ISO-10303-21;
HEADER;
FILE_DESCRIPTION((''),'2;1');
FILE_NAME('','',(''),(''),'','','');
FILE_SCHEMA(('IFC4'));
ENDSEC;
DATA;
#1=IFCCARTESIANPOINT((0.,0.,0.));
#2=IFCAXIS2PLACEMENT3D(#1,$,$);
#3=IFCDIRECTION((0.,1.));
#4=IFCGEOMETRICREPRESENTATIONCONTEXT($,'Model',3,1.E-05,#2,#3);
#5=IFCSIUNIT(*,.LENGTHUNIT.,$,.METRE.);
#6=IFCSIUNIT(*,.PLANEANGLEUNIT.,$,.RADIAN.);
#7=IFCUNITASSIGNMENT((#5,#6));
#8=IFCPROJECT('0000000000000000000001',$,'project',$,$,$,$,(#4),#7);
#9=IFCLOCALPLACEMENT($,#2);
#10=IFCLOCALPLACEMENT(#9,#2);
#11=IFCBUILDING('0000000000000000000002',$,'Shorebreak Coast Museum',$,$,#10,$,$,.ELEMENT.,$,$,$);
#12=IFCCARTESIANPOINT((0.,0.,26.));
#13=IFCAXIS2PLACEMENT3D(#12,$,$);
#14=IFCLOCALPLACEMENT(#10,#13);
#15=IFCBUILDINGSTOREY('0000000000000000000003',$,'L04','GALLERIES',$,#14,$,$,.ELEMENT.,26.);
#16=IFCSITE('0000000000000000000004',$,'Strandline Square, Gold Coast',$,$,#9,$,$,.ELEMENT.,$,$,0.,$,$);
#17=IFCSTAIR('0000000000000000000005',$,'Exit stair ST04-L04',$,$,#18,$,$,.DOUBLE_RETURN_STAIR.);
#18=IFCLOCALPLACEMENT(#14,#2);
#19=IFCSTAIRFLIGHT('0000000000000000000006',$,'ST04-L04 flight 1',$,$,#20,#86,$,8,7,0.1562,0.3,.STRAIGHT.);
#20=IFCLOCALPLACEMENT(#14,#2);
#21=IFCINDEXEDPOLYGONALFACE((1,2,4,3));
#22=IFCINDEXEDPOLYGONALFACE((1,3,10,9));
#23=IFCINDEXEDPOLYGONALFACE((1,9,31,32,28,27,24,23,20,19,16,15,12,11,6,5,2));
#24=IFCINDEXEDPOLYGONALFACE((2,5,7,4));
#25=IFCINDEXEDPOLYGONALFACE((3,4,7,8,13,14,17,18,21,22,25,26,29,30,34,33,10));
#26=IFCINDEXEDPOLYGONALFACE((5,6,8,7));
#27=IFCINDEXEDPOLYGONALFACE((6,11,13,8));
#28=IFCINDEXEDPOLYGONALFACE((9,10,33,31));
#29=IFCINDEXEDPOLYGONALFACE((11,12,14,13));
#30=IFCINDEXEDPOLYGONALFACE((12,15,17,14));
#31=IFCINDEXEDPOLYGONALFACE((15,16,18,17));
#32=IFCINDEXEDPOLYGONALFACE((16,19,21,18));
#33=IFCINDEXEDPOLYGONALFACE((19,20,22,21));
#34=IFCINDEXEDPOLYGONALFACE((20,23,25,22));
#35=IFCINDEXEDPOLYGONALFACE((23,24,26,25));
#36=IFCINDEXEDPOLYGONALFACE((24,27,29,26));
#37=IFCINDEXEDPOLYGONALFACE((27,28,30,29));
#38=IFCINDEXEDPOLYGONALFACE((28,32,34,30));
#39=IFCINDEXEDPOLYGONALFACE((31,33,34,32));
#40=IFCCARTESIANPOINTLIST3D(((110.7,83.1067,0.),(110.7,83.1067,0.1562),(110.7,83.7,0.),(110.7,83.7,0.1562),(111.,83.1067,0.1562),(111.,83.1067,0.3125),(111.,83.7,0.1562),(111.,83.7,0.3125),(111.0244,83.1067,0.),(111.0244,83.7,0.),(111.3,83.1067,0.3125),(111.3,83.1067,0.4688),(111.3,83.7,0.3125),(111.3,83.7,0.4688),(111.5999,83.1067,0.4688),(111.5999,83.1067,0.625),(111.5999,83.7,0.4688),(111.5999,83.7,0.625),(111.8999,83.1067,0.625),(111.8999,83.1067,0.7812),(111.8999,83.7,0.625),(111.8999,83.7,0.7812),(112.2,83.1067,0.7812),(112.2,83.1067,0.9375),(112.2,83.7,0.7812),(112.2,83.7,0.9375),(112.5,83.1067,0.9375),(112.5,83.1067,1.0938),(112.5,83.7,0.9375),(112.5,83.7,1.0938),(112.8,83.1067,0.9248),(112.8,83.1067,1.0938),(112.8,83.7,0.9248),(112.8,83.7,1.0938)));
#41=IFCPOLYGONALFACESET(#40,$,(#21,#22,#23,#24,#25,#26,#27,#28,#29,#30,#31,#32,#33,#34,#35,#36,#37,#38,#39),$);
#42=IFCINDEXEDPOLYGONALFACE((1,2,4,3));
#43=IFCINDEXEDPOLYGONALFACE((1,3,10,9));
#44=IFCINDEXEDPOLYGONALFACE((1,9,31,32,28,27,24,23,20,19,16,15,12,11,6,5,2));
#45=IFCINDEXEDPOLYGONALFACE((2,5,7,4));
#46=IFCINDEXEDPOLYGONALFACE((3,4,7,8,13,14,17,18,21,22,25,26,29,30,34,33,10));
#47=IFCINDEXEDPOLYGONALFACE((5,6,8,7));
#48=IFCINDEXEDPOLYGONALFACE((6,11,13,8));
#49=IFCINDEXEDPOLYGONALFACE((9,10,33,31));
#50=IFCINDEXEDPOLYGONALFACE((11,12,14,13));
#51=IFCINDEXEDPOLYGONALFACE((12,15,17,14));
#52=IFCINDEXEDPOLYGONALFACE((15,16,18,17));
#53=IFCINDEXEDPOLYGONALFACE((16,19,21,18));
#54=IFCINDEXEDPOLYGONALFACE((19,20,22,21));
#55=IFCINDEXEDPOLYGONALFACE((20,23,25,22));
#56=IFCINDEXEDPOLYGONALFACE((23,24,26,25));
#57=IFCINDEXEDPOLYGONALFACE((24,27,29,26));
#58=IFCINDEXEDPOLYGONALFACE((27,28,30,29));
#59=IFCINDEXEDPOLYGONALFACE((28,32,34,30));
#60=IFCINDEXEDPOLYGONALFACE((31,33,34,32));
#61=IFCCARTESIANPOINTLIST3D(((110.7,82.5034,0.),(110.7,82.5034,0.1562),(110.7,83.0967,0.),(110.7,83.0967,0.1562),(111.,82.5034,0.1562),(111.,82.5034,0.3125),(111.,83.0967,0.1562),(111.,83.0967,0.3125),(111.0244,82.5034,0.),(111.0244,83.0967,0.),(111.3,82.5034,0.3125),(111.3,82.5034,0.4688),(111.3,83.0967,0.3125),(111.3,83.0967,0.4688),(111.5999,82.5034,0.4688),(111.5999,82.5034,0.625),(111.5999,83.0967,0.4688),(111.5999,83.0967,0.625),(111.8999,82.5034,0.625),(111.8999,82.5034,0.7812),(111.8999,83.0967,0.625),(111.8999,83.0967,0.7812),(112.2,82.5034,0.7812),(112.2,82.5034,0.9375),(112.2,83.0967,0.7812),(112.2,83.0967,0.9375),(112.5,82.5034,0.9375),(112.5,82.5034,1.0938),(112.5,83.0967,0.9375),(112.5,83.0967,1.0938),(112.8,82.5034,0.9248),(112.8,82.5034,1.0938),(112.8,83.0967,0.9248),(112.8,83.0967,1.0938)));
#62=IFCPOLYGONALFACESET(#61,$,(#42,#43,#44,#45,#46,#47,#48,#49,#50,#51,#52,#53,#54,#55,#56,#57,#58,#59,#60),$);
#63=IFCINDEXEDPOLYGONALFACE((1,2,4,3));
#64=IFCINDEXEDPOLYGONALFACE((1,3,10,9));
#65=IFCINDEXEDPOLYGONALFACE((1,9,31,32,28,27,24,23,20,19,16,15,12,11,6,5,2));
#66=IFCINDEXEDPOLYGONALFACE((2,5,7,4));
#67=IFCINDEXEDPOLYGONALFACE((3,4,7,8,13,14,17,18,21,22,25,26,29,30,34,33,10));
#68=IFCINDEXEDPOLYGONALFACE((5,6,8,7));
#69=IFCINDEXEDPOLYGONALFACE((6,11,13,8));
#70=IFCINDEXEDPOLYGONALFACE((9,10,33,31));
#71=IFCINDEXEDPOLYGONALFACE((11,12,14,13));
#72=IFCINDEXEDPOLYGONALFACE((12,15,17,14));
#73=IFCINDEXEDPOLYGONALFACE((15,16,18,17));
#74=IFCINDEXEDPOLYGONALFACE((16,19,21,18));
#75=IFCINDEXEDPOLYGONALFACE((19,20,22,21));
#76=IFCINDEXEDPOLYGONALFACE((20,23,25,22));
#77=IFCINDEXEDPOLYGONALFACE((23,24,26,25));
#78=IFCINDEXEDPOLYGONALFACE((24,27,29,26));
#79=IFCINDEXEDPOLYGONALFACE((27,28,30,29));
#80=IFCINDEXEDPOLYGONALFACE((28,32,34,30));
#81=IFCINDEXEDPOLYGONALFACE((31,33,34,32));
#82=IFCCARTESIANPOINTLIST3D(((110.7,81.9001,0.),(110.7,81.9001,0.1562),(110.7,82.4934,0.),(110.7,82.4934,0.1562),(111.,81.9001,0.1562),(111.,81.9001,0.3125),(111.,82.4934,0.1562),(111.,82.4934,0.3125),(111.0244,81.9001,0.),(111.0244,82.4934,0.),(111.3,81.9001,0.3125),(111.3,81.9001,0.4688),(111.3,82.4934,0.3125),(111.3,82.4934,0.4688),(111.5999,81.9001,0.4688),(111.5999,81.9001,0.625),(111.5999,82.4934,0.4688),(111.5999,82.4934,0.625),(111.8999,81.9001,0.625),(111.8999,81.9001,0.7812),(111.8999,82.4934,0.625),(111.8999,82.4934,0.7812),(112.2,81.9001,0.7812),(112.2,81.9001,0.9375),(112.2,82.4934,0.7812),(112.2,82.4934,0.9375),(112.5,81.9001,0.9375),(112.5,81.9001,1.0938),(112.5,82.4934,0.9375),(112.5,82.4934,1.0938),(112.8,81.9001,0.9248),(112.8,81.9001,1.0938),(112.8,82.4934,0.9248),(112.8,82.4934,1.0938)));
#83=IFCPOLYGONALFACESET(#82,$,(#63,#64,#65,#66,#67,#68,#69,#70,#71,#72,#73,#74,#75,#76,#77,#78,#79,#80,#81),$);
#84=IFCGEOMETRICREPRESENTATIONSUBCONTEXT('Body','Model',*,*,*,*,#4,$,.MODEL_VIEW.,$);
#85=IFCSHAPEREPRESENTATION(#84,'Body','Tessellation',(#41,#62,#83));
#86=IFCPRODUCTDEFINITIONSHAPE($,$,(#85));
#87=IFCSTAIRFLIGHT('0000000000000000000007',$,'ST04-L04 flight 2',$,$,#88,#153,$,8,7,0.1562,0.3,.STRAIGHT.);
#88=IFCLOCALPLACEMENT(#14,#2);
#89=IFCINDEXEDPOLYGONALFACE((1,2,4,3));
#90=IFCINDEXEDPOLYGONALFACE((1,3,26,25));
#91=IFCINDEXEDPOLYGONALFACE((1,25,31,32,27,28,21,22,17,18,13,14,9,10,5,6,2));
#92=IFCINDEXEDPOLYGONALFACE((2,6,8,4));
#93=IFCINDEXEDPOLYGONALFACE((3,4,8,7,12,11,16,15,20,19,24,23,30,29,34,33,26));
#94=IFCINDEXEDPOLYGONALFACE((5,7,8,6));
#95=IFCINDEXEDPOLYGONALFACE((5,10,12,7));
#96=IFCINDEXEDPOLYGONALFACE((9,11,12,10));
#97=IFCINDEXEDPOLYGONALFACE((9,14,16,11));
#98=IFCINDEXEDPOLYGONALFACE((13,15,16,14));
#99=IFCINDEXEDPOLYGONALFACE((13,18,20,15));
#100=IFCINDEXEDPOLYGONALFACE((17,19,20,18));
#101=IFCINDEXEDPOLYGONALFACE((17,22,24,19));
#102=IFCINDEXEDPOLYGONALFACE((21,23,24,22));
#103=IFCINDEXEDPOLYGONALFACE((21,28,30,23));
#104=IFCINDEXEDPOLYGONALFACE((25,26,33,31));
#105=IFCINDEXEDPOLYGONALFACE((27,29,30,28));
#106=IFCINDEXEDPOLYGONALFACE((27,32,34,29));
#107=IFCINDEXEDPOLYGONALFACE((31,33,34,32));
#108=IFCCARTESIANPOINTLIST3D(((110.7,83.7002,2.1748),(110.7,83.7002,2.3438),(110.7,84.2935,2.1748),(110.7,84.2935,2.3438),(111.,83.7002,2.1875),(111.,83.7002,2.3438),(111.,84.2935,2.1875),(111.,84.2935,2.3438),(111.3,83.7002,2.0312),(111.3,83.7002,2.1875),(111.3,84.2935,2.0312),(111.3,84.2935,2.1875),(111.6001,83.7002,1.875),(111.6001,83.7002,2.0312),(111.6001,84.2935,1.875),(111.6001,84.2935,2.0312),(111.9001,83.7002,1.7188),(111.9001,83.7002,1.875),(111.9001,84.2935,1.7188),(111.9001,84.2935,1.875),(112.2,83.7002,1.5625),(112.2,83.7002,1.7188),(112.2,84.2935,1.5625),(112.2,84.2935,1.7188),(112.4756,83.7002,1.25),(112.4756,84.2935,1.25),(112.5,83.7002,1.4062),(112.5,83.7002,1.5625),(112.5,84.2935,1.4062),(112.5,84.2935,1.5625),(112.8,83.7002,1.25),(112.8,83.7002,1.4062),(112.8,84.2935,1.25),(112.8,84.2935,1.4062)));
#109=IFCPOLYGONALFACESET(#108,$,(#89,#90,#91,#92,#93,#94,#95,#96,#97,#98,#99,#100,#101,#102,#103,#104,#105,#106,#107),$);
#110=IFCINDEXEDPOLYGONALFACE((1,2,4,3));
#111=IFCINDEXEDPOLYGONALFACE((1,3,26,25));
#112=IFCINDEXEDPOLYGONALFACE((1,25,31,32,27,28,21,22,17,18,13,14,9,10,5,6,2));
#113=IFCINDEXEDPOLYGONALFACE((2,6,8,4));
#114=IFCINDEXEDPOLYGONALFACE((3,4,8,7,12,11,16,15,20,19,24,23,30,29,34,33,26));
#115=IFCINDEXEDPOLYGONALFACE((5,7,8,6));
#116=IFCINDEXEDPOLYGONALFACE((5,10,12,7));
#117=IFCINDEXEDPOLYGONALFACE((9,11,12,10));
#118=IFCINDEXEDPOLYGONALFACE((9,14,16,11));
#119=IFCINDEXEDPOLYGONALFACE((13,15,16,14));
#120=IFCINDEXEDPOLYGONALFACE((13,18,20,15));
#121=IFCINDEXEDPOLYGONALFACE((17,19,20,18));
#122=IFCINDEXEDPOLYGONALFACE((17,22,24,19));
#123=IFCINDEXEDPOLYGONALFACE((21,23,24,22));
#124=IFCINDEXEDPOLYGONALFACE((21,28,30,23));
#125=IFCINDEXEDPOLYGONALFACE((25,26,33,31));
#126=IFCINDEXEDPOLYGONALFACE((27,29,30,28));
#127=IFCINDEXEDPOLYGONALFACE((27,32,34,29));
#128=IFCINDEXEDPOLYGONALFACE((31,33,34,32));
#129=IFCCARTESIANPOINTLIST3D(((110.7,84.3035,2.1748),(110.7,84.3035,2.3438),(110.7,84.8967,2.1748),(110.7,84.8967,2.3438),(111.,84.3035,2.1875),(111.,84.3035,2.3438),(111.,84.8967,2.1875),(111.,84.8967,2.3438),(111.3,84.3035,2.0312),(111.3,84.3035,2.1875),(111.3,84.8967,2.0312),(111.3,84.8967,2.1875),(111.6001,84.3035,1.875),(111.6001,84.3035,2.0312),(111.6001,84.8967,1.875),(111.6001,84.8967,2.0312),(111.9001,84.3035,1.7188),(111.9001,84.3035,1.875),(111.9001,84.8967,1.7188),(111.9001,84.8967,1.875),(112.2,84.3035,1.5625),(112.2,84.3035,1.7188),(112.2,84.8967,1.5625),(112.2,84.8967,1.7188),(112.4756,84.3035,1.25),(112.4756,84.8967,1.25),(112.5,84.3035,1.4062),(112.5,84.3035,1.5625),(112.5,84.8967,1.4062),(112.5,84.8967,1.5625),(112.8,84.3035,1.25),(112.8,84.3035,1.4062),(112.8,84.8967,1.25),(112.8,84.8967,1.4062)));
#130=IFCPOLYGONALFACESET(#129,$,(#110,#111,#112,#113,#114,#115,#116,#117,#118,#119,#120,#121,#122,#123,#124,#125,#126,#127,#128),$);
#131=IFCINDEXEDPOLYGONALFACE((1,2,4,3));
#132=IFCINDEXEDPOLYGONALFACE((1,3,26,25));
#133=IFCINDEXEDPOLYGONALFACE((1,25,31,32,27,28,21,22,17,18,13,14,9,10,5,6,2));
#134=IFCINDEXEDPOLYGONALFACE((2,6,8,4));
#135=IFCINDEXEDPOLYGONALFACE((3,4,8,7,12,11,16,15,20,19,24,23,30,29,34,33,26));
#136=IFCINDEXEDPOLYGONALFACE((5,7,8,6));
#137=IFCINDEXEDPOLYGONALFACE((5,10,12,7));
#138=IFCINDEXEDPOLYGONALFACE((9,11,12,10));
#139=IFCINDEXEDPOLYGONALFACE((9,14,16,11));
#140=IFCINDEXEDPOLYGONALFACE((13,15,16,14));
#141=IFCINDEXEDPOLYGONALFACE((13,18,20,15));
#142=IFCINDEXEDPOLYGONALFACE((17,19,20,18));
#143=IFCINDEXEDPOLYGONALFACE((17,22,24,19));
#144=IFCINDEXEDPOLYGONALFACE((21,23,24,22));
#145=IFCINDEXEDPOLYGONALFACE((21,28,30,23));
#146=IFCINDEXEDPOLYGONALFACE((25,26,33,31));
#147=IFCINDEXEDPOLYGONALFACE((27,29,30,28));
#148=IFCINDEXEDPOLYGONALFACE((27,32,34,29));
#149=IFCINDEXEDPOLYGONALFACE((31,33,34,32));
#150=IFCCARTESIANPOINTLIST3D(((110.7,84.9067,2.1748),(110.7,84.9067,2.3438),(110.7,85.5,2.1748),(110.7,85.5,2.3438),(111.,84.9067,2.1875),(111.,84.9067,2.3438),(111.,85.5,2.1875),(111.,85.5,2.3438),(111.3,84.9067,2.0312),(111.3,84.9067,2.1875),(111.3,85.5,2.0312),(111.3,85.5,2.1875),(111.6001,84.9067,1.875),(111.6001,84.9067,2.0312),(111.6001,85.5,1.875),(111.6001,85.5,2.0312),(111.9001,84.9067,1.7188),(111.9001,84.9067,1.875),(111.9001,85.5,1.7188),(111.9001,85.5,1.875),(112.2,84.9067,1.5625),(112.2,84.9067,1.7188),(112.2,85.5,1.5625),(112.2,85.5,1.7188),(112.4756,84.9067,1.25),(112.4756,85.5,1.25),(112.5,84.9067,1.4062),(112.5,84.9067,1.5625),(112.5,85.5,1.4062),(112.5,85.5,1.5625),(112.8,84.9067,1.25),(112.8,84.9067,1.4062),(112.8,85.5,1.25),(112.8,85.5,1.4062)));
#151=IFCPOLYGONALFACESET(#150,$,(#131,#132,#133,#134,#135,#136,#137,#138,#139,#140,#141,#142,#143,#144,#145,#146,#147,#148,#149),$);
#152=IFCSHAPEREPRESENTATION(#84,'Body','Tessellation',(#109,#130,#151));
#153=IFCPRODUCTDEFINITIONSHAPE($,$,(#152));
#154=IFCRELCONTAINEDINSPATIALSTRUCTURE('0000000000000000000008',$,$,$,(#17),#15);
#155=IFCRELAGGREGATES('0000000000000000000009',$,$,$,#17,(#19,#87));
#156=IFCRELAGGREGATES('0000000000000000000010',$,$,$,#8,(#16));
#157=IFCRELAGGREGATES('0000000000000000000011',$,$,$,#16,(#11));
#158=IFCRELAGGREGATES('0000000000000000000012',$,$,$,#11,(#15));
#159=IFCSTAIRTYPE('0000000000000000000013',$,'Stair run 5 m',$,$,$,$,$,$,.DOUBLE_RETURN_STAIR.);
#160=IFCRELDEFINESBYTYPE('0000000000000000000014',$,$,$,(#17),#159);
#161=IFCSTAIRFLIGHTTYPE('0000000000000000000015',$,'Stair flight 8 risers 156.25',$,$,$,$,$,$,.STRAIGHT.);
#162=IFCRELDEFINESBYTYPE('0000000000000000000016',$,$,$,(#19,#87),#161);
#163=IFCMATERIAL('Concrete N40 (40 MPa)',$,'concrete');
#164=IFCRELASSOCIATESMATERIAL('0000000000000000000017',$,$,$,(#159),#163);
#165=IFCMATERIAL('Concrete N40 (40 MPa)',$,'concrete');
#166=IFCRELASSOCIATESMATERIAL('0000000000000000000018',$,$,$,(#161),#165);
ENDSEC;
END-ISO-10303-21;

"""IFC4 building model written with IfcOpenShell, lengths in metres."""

from ifc_helpers import new_model, si_unit, direction, frame, origin, place, context, subcontext, project, spatial, polyline, outline, extrude, material, type_object, element, aggregate, save


model = new_model("IFC4")

# Units and contexts
model_context = context("Model", 3, precision=1e-05, world=origin(), true_north=direction((0.0, 1.0)))
body_context = subcontext(model_context, "Body", "Model", "MODEL_VIEW")
ifc_project = project(units=[si_unit("LENGTHUNIT", "METRE"), si_unit("PLANEANGLEUNIT", "RADIAN")], contexts=[model_context])

# Site, building, storey
site_placement = place(None, origin())
site = spatial("IfcSite", under=ifc_project, at=site_placement, Name="Strandline Square, Gold Coast", CompositionType="ELEMENT", RefElevation=0.0)
building_placement = place(site_placement, origin())
building = spatial("IfcBuilding", under=site, at=building_placement, Name="Shorebreak Coast Museum", CompositionType="ELEMENT")
storey_placement = place(building_placement, frame((0.0, 0.0, 26.0)))
storey = spatial("IfcBuildingStorey", under=building, at=storey_placement, Name="L04", Description="GALLERIES", CompositionType="ELEMENT", Elevation=26.0)

# Stair, stair flights
ifc_material_1 = material(Name="Concrete N40 (40 MPa)", Category="concrete")
stair_type = type_object("IfcStairType", Name="Stair run 5 m", PredefinedType="DOUBLE_RETURN_STAIR", material=ifc_material_1)
stair_placement = place(storey_placement, origin())
stair = element("IfcStair", 1, at=stair_placement, inside=storey, type_object=stair_type, Name="Exit stair ST04-L04", PredefinedType="DOUBLE_RETURN_STAIR")
ifc_material_2 = material(Name="Concrete N40 (40 MPa)", Category="concrete")
stair_flight_type = type_object("IfcStairFlightType", Name="Stair flight 8 risers 156.25", PredefinedType="STRAIGHT", material=ifc_material_2)
stair_flight_1_placement = place(storey_placement, frame((110.7, 82.8, 0.0), z_axis=(0.0, 0.0, 1.0), x_axis=(1.0, 0.0, 0.0)))
stair_flight_1 = element("IfcStairFlight", 2, at=stair_flight_1_placement, type_object=stair_flight_type, Name="ST04-L04 flight 1", NumberOfRisers=8, NumberOfTreads=7, PredefinedType="STRAIGHT", RiserHeight=0.1562, TreadLength=0.3, context=body_context, shape_type="SweptSolid", body=[
    extrude(outline(polyline([(0.0, 0.0), (0.0, 0.1562), (0.3, 0.1562), (0.3, 0.3125), (0.6001, 0.3125), (0.6001, 0.4688), (0.8999, 0.4688), (0.8999, 0.625), (1.2, 0.625), (1.2, 0.7812), (1.5, 0.7812), (1.5, 0.9375), (1.8, 0.9375), (1.8, 1.0938), (2.1001, 1.0938), (2.1001, 1.25), (2.1001, 0.9248), (0.3245, 0.0), (0.0, 0.0)])), frame((0.0, 0.8999, 0.0), z_axis=(0.0, -1.0, 0.0), x_axis=(1.0, 0.0, 0.0)), (0.0, 0.0, 1.0), 0.5933),
    extrude(outline(polyline([(0.0, 0.0), (0.0, 0.1562), (0.3, 0.1562), (0.3, 0.3125), (0.6001, 0.3125), (0.6001, 0.4688), (0.8999, 0.4688), (0.8999, 0.625), (1.2, 0.625), (1.2, 0.7812), (1.5, 0.7812), (1.5, 0.9375), (1.8, 0.9375), (1.8, 1.0938), (2.1001, 1.0938), (2.1001, 1.25), (2.1001, 0.9248), (0.3245, 0.0), (0.0, 0.0)])), frame((0.0, 0.2966, 0.0), z_axis=(0.0, -1.0, 0.0), x_axis=(1.0, 0.0, 0.0)), (0.0, 0.0, 1.0), 0.5933),
    extrude(outline(polyline([(0.0, 0.0), (0.0, 0.1562), (0.3, 0.1562), (0.3, 0.3125), (0.6001, 0.3125), (0.6001, 0.4688), (0.8999, 0.4688), (0.8999, 0.625), (1.2, 0.625), (1.2, 0.7812), (1.5, 0.7812), (1.5, 0.9375), (1.8, 0.9375), (1.8, 1.0938), (2.1001, 1.0938), (2.1001, 1.25), (2.1001, 0.9248), (0.3245, 0.0), (0.0, 0.0)])), frame((0.0, -0.3066, 0.0), z_axis=(0.0, -1.0, 0.0), x_axis=(1.0, 0.0, 0.0)), (0.0, 0.0, 1.0), 0.5933),
])
stair_flight_2_placement = place(storey_placement, frame((112.8, 84.6001, 1.25), z_axis=(0.0, 0.0, 1.0), x_axis=(-1.0, 0.0, 0.0)))
stair_flight_2 = element("IfcStairFlight", 3, at=stair_flight_2_placement, type_object=stair_flight_type, Name="ST04-L04 flight 2", NumberOfRisers=8, NumberOfTreads=7, PredefinedType="STRAIGHT", RiserHeight=0.1562, TreadLength=0.3, context=body_context, shape_type="SweptSolid", body=[
    extrude(outline(polyline([(0.0, 0.0), (0.0, 0.1562), (0.3, 0.1562), (0.3, 0.3125), (0.6001, 0.3125), (0.6001, 0.4688), (0.8999, 0.4688), (0.8999, 0.625), (1.2, 0.625), (1.2, 0.7812), (1.5, 0.7812), (1.5, 0.9375), (1.8, 0.9375), (1.8, 1.0938), (2.1001, 1.0938), (2.1001, 1.25), (2.1001, 0.9248), (0.3245, 0.0), (0.0, 0.0)])), frame((0.0, 0.8999, 0.0), z_axis=(0.0, -1.0, 0.0), x_axis=(1.0, 0.0, 0.0)), (0.0, 0.0, 1.0), 0.5933),
    extrude(outline(polyline([(0.0, 0.0), (0.0, 0.1562), (0.3, 0.1562), (0.3, 0.3125), (0.6001, 0.3125), (0.6001, 0.4688), (0.8999, 0.4688), (0.8999, 0.625), (1.2, 0.625), (1.2, 0.7812), (1.5, 0.7812), (1.5, 0.9375), (1.8, 0.9375), (1.8, 1.0938), (2.1001, 1.0938), (2.1001, 1.25), (2.1001, 0.9248), (0.3245, 0.0), (0.0, 0.0)])), frame((0.0, 0.2966, 0.0), z_axis=(0.0, -1.0, 0.0), x_axis=(1.0, 0.0, 0.0)), (0.0, 0.0, 1.0), 0.5933),
    extrude(outline(polyline([(0.0, 0.0), (0.0, 0.1562), (0.3, 0.1562), (0.3, 0.3125), (0.6001, 0.3125), (0.6001, 0.4688), (0.8999, 0.4688), (0.8999, 0.625), (1.2, 0.625), (1.2, 0.7812), (1.5, 0.7812), (1.5, 0.9375), (1.8, 0.9375), (1.8, 1.0938), (2.1001, 1.0938), (2.1001, 1.25), (2.1001, 0.9248), (0.3245, 0.0), (0.0, 0.0)])), frame((0.0, -0.3066, 0.0), z_axis=(0.0, -1.0, 0.0), x_axis=(1.0, 0.0, 0.0)), (0.0, 0.0, 1.0), 0.5933),
])
aggregate(stair, [stair_flight_1, stair_flight_2])

save(model, "model.ifc")
